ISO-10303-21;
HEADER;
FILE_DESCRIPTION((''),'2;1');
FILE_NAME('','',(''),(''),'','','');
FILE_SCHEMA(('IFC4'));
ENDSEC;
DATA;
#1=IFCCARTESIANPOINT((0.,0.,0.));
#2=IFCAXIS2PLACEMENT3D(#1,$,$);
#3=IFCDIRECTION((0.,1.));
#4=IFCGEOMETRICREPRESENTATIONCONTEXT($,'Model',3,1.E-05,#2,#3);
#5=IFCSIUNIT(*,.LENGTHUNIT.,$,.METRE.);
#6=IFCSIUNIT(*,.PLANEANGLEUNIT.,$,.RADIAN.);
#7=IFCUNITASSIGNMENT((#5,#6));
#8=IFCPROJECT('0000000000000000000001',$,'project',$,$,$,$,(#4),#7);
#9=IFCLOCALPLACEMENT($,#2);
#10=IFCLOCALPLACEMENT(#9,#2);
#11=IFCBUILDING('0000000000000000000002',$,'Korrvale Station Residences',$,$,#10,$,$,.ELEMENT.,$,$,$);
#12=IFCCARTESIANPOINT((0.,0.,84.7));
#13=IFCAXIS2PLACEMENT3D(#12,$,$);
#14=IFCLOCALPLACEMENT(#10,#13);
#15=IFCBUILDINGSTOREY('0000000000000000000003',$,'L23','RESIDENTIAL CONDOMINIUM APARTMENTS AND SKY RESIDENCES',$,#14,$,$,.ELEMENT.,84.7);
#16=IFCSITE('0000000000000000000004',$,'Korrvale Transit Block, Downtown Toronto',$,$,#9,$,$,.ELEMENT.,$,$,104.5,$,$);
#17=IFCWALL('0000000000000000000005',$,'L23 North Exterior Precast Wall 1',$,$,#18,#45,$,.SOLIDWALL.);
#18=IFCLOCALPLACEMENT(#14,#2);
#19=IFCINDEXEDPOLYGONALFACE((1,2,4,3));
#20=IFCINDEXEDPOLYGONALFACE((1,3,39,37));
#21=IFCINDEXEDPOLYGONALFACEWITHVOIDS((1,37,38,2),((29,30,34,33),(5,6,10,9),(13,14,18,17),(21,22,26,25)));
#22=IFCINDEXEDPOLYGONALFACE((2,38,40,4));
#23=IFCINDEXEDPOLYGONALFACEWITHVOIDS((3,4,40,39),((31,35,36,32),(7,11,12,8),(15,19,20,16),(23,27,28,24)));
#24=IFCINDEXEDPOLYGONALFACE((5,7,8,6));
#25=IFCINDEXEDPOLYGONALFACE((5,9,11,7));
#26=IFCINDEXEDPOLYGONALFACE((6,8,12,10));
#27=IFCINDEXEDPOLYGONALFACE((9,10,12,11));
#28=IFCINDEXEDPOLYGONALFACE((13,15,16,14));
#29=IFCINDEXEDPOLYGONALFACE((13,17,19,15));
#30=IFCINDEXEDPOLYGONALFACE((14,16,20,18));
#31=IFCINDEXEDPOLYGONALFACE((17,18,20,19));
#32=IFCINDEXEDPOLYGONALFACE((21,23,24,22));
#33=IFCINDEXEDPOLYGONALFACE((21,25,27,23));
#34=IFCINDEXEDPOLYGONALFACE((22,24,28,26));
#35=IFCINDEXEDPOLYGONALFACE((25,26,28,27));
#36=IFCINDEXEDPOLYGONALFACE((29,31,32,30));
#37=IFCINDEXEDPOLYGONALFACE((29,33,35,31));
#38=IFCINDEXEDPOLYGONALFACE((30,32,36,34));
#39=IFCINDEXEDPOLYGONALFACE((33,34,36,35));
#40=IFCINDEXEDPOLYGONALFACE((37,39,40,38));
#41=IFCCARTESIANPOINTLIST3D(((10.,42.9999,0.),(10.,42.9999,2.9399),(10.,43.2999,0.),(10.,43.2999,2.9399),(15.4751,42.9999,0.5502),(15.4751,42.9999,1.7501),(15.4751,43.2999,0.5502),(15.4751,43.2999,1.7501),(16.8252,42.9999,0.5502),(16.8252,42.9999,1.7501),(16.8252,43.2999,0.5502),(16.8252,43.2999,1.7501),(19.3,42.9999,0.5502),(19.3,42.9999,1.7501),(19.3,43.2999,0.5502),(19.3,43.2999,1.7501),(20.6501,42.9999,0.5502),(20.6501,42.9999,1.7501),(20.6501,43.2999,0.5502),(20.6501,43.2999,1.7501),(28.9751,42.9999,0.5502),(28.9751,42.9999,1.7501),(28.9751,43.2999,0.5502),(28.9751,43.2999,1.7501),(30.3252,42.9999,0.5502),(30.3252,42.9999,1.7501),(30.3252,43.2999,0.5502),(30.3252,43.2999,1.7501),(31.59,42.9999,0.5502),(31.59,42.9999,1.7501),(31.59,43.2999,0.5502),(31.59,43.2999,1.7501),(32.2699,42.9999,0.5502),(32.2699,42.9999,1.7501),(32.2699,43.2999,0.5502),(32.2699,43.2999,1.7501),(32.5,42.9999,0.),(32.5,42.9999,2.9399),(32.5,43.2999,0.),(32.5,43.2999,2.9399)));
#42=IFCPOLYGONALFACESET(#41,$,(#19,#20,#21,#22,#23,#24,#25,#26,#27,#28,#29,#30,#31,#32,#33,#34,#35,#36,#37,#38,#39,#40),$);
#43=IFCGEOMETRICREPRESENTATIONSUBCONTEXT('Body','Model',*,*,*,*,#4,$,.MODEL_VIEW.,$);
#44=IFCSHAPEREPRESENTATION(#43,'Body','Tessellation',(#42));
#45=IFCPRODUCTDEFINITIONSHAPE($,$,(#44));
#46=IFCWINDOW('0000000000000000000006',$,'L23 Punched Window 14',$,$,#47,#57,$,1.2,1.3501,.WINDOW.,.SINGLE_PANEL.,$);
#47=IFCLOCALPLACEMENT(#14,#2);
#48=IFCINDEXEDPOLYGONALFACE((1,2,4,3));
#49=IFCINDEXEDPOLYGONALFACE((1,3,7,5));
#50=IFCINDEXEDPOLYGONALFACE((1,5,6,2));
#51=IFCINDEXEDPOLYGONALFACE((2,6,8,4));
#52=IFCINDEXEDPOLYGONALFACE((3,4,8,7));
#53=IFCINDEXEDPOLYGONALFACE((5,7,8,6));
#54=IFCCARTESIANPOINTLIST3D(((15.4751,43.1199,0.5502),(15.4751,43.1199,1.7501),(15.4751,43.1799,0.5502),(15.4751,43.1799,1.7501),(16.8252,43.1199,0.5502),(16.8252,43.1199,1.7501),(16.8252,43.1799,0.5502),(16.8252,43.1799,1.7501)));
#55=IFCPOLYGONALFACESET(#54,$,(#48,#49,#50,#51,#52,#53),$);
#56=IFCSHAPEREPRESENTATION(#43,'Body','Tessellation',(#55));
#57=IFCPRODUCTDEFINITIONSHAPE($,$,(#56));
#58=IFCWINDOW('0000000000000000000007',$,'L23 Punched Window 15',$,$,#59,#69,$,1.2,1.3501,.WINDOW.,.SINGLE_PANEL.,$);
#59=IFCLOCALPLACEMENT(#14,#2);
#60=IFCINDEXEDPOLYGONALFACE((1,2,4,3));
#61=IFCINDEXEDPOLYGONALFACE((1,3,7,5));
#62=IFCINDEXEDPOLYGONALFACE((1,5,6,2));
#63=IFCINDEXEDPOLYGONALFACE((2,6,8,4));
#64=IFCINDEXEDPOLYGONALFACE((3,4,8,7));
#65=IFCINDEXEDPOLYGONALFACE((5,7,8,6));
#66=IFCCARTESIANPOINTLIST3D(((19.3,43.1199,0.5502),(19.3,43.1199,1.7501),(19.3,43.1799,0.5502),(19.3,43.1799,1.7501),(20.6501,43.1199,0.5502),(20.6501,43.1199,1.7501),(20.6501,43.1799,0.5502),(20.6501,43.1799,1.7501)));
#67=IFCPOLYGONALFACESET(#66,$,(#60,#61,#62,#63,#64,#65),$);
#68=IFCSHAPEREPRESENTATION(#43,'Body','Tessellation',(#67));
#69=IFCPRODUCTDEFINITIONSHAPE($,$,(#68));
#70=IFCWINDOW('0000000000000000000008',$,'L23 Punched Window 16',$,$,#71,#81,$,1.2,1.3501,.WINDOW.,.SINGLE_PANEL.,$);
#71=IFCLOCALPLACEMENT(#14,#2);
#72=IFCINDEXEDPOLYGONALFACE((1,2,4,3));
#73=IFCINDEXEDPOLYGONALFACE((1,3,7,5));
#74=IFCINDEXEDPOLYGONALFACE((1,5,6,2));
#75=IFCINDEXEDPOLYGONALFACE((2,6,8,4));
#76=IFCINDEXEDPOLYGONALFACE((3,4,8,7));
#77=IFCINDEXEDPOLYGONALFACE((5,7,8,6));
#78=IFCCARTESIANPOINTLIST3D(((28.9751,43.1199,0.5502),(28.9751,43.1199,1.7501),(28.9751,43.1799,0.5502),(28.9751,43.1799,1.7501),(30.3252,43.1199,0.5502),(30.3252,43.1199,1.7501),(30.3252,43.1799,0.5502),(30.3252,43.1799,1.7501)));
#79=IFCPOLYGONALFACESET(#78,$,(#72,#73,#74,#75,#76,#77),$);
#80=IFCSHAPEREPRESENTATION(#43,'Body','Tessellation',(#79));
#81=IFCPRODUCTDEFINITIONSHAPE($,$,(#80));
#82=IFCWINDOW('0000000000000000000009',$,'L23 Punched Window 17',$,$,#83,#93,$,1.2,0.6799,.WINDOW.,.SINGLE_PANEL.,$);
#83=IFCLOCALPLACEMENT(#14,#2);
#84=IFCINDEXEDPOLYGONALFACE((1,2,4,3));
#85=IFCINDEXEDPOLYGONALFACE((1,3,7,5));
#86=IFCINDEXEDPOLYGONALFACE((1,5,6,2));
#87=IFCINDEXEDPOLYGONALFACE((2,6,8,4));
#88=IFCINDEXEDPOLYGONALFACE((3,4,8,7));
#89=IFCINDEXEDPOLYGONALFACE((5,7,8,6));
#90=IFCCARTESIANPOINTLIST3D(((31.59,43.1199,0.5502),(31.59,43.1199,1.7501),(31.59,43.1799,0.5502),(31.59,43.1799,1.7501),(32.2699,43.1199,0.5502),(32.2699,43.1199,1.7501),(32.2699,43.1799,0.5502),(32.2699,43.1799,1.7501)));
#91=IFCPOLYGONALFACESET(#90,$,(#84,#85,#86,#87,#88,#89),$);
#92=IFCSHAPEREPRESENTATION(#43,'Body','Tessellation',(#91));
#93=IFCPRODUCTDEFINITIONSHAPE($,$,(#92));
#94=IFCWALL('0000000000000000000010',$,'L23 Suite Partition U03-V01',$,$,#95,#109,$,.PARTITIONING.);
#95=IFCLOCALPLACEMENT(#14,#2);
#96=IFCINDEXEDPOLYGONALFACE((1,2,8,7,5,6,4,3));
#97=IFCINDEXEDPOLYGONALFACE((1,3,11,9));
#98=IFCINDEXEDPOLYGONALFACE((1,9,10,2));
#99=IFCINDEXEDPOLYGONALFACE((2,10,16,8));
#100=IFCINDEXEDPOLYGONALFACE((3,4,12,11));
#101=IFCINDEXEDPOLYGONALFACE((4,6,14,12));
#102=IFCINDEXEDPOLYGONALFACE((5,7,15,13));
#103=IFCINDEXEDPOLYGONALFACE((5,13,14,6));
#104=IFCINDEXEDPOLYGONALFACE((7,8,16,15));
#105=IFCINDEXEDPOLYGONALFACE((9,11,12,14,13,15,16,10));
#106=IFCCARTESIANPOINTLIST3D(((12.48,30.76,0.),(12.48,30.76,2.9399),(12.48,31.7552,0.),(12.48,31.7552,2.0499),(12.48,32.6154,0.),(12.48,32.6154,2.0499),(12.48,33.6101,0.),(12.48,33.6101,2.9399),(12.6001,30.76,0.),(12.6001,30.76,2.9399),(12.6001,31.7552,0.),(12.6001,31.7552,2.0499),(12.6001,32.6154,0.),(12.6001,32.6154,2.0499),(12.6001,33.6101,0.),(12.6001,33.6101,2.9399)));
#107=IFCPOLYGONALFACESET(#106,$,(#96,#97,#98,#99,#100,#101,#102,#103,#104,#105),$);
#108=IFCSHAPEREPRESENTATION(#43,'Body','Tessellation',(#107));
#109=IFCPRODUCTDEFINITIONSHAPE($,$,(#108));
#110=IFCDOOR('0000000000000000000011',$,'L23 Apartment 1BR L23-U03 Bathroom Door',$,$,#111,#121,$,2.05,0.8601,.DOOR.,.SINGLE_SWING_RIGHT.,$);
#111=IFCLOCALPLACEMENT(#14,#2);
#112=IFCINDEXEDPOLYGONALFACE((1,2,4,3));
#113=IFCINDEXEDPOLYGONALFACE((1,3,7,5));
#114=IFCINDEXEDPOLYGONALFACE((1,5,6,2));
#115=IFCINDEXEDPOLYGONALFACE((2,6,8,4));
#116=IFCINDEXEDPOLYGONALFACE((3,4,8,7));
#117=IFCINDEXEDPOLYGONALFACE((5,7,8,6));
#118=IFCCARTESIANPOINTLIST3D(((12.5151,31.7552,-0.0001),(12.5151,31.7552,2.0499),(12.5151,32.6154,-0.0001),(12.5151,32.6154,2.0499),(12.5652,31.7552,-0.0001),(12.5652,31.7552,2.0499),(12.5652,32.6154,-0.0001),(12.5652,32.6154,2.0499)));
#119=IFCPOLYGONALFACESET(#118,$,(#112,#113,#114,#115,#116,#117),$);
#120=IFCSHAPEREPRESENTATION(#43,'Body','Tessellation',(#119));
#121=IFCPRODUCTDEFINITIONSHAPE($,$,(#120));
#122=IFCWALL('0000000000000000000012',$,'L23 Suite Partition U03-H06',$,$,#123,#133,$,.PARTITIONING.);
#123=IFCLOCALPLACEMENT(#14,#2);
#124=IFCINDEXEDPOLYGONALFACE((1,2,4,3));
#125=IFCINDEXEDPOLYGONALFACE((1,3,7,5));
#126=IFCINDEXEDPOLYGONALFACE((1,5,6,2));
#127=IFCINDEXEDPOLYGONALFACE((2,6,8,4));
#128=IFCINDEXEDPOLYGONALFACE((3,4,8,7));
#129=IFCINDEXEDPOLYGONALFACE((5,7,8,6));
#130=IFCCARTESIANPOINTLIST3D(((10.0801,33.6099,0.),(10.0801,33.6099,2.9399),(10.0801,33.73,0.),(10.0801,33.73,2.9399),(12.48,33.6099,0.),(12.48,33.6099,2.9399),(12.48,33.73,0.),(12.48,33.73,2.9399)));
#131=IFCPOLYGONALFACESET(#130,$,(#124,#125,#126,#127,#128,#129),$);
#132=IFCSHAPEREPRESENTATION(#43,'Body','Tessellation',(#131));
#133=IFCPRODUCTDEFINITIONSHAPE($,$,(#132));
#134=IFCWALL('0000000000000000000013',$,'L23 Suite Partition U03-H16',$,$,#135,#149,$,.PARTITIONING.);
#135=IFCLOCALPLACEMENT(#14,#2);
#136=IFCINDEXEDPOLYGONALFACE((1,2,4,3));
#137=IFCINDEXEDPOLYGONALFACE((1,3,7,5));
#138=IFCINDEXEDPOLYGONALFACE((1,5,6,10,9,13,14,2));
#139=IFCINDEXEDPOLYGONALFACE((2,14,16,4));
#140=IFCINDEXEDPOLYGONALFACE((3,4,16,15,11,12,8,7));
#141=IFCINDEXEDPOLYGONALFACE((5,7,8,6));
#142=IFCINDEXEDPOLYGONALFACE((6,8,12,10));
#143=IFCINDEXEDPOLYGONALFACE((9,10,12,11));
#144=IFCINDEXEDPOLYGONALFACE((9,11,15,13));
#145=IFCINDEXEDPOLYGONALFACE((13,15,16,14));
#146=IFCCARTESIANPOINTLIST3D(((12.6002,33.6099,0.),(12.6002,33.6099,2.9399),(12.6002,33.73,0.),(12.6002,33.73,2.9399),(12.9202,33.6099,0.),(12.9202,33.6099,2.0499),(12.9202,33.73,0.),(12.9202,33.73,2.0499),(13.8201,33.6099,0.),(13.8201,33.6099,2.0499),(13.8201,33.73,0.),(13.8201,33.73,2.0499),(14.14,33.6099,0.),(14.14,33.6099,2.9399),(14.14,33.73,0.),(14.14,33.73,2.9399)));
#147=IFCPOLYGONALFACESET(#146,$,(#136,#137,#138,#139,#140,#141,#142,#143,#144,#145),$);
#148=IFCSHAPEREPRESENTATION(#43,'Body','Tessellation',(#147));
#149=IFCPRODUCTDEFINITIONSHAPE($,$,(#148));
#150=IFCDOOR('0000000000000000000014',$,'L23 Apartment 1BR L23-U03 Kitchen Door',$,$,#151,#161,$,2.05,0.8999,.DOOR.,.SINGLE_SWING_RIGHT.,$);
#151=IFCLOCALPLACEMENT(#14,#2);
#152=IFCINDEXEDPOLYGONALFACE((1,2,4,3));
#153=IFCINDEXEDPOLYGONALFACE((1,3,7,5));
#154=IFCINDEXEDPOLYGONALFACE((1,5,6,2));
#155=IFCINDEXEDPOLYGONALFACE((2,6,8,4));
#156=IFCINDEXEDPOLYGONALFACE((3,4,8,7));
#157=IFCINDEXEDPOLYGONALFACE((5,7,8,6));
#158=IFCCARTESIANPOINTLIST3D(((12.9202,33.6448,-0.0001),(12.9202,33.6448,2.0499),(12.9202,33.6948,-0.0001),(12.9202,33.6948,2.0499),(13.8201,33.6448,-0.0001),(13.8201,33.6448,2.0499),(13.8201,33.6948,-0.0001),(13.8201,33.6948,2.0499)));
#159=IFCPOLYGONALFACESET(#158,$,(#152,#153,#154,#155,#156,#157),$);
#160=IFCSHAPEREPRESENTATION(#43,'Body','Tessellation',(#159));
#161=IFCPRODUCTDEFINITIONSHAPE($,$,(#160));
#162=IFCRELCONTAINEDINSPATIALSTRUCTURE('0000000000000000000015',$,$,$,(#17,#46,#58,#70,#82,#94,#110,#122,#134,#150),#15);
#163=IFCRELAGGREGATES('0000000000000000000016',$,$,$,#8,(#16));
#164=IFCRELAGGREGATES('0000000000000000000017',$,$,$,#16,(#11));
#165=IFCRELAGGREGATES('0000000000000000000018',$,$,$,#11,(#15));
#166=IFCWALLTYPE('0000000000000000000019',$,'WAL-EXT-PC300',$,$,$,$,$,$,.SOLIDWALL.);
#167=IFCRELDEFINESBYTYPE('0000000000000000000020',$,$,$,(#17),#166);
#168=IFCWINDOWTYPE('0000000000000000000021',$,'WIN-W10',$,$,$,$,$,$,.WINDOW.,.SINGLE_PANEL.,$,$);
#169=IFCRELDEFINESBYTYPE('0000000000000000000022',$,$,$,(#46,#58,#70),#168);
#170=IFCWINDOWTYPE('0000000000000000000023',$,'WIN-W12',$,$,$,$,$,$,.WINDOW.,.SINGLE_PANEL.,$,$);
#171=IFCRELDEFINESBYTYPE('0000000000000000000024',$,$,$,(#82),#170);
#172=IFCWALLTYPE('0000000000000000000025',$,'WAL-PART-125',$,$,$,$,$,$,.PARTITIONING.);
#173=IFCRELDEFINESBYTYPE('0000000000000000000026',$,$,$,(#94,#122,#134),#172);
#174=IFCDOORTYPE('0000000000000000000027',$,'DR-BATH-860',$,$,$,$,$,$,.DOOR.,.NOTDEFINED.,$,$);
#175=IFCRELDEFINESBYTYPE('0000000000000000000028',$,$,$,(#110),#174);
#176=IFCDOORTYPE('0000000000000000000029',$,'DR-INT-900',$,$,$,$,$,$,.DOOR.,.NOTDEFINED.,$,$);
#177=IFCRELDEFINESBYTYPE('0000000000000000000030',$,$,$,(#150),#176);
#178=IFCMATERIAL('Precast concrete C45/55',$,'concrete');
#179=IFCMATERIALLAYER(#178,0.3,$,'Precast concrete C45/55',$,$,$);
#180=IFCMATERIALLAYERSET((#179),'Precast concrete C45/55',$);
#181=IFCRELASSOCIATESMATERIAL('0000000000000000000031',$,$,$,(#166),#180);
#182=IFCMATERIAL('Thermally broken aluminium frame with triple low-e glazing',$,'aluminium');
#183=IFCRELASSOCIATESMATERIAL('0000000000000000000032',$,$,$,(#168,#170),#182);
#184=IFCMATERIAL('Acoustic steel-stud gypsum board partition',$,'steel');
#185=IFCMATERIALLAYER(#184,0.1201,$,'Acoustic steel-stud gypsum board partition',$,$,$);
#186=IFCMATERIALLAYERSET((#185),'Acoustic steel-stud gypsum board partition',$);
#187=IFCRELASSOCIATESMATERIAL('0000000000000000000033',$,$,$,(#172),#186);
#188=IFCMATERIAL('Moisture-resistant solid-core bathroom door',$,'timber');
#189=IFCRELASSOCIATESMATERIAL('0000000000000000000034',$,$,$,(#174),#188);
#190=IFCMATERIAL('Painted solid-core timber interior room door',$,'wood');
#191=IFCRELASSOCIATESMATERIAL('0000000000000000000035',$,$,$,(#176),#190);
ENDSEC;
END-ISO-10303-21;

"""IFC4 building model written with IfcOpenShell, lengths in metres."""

from ifc_helpers import new_model, si_unit, direction, frame, frame_2d, origin, place, context, subcontext, project, spatial, rectangle, extrude, material, layer, layer_set, type_object, element, fill, save


model = new_model("IFC4")

# Units and contexts
model_context = context("Model", 3, precision=1e-05, world=origin(), true_north=direction((0.0, 1.0)))
body_context = subcontext(model_context, "Body", "Model", "MODEL_VIEW")
ifc_project = project(units=[si_unit("LENGTHUNIT", "METRE"), si_unit("PLANEANGLEUNIT", "RADIAN")], contexts=[model_context])

# Site, building, storey
site_placement = place(None, origin())
site = spatial("IfcSite", under=ifc_project, at=site_placement, Name="Korrvale Transit Block, Downtown Toronto", CompositionType="ELEMENT", RefElevation=104.5)
building_placement = place(site_placement, origin())
building = spatial("IfcBuilding", under=site, at=building_placement, Name="Korrvale Station Residences", CompositionType="ELEMENT")
storey_placement = place(building_placement, frame((0.0, 0.0, 84.7)))
storey = spatial("IfcBuildingStorey", under=building, at=storey_placement, Name="L23", Description="RESIDENTIAL CONDOMINIUM APARTMENTS AND SKY RESIDENCES", CompositionType="ELEMENT", Elevation=84.7)

# Shared definitions
ifc_material_1 = material(Name="Precast concrete C45/55", Category="concrete")

# Wall, openings, windows
ifc_layer_1 = layer(ifc_material_1, 0.3, Name="Precast concrete C45/55")
ifc_layer_set_1 = layer_set([ifc_layer_1], Name="Precast concrete C45/55")
wall_type_1 = type_object("IfcWallType", Name="WAL-EXT-PC300", PredefinedType="SOLIDWALL", material=ifc_layer_set_1)
wall_1_placement = place(storey_placement, frame((10.0, 43.1499, 0.0), z_axis=(0.0, 0.0, 1.0), x_axis=(1.0, 0.0, 0.0)))
wall_1 = element("IfcWall", 1, at=wall_1_placement, inside=storey, type_object=wall_type_1, Name="L23 North Exterior Precast Wall 1", PredefinedType="SOLIDWALL", context=body_context, shape_type="SweptSolid", body=[
    extrude(rectangle(XDim=22.5, YDim=0.3, at=frame_2d((11.25, 0.0))), origin(), (0.0, 0.0, 1.0), 2.9399),
])
opening_1_placement = place(wall_1_placement, frame((5.4751, 0.0, 0.55)))
opening_1 = element("IfcOpeningElement", 2, at=opening_1_placement, cuts=wall_1, PredefinedType="OPENING", context=body_context, shape_type="SweptSolid", body=[
    extrude(rectangle(XDim=1.3501, YDim=1.2, at=frame_2d((0.675, 0.6001))), frame((0.0, 0.1602, 0.0), z_axis=(0.0, -1.0, 0.0), x_axis=(1.0, 0.0, 0.0)), (0.0, 0.0, 1.0), 0.3201),
])
opening_2_placement = place(wall_1_placement, frame((9.3, 0.0, 0.55)))
opening_2 = element("IfcOpeningElement", 3, at=opening_2_placement, cuts=wall_1, PredefinedType="OPENING", context=body_context, shape_type="SweptSolid", body=[
    extrude(rectangle(XDim=1.3501, YDim=1.2, at=frame_2d((0.675, 0.6001))), frame((0.0, 0.1602, 0.0), z_axis=(0.0, -1.0, 0.0), x_axis=(1.0, 0.0, 0.0)), (0.0, 0.0, 1.0), 0.3201),
])
opening_3_placement = place(wall_1_placement, frame((18.9751, 0.0, 0.55)))
opening_3 = element("IfcOpeningElement", 4, at=opening_3_placement, cuts=wall_1, PredefinedType="OPENING", context=body_context, shape_type="SweptSolid", body=[
    extrude(rectangle(XDim=1.3501, YDim=1.2, at=frame_2d((0.675, 0.6001))), frame((0.0, 0.1602, 0.0), z_axis=(0.0, -1.0, 0.0), x_axis=(1.0, 0.0, 0.0)), (0.0, 0.0, 1.0), 0.3201),
])
opening_4_placement = place(wall_1_placement, frame((21.5901, 0.0, 0.55)))
opening_4 = element("IfcOpeningElement", 5, at=opening_4_placement, cuts=wall_1, PredefinedType="OPENING", context=body_context, shape_type="SweptSolid", body=[
    extrude(rectangle(XDim=0.6799, YDim=1.2, at=frame_2d((0.3398, 0.6001))), frame((0.0, 0.1602, 0.0), z_axis=(0.0, -1.0, 0.0), x_axis=(1.0, 0.0, 0.0)), (0.0, 0.0, 1.0), 0.3201),
])
ifc_material_2 = material(Name="Thermally broken aluminium frame with triple low-e glazing", Category="aluminium")
window_type_1 = type_object("IfcWindowType", Name="WIN-W10", PartitioningType="SINGLE_PANEL", PredefinedType="WINDOW", material=ifc_material_2)
window_1_placement = place(opening_1_placement, origin())
window_1 = element("IfcWindow", 6, at=window_1_placement, inside=storey, type_object=window_type_1, Name="L23 Punched Window 14", OverallHeight=1.2, OverallWidth=1.3501, PartitioningType="SINGLE_PANEL", PredefinedType="WINDOW", context=body_context, shape_type="SweptSolid", body=[
    extrude(rectangle(XDim=1.3501, YDim=1.2, at=frame_2d((0.675, 0.6001))), frame((0.0, 0.03, 0.0), z_axis=(0.0, -1.0, 0.0), x_axis=(1.0, 0.0, 0.0)), (0.0, 0.0, 1.0), 0.0601),
])
fill(opening_1, window_1)
window_2_placement = place(opening_2_placement, origin())
window_2 = element("IfcWindow", 7, at=window_2_placement, inside=storey, type_object=window_type_1, Name="L23 Punched Window 15", OverallHeight=1.2, OverallWidth=1.3501, PartitioningType="SINGLE_PANEL", PredefinedType="WINDOW", context=body_context, shape_type="SweptSolid", body=[
    extrude(rectangle(XDim=1.3501, YDim=1.2, at=frame_2d((0.675, 0.6001))), frame((0.0, 0.03, 0.0), z_axis=(0.0, -1.0, 0.0), x_axis=(1.0, 0.0, 0.0)), (0.0, 0.0, 1.0), 0.0601),
])
fill(opening_2, window_2)
window_3_placement = place(opening_3_placement, origin())
window_3 = element("IfcWindow", 8, at=window_3_placement, inside=storey, type_object=window_type_1, Name="L23 Punched Window 16", OverallHeight=1.2, OverallWidth=1.3501, PartitioningType="SINGLE_PANEL", PredefinedType="WINDOW", context=body_context, shape_type="SweptSolid", body=[
    extrude(rectangle(XDim=1.3501, YDim=1.2, at=frame_2d((0.675, 0.6001))), frame((0.0, 0.03, 0.0), z_axis=(0.0, -1.0, 0.0), x_axis=(1.0, 0.0, 0.0)), (0.0, 0.0, 1.0), 0.0601),
])
fill(opening_3, window_3)
window_type_2 = type_object("IfcWindowType", Name="WIN-W12", PartitioningType="SINGLE_PANEL", PredefinedType="WINDOW", material=ifc_material_2)
window_4_placement = place(opening_4_placement, origin())
window_4 = element("IfcWindow", 9, at=window_4_placement, inside=storey, type_object=window_type_2, Name="L23 Punched Window 17", OverallHeight=1.2, OverallWidth=0.6799, PartitioningType="SINGLE_PANEL", PredefinedType="WINDOW", context=body_context, shape_type="SweptSolid", body=[
    extrude(rectangle(XDim=0.6799, YDim=1.2, at=frame_2d((0.3398, 0.6001))), frame((0.0, 0.03, 0.0), z_axis=(0.0, -1.0, 0.0), x_axis=(1.0, 0.0, 0.0)), (0.0, 0.0, 1.0), 0.0601),
])
fill(opening_4, window_4)

# Wall, opening, door
ifc_material_3 = material(Name="Acoustic steel-stud gypsum board partition", Category="steel")
ifc_layer_2 = layer(ifc_material_3, 0.1201, Name="Acoustic steel-stud gypsum board partition")
ifc_layer_set_2 = layer_set([ifc_layer_2], Name="Acoustic steel-stud gypsum board partition")
wall_type_2 = type_object("IfcWallType", Name="WAL-PART-125", PredefinedType="PARTITIONING", material=ifc_layer_set_2)
wall_2_placement = place(storey_placement, frame((12.54, 30.76, 0.0), z_axis=(0.0, 0.0, 1.0), x_axis=(0.0, 1.0, 0.0)))
wall_2 = element("IfcWall", 10, at=wall_2_placement, inside=storey, type_object=wall_type_2, Name="L23 Suite Partition U03-V01", PredefinedType="PARTITIONING", context=body_context, shape_type="SweptSolid", body=[
    extrude(rectangle(XDim=2.8501, YDim=0.1201, at=frame_2d((1.425, 0.0))), origin(), (0.0, 0.0, 1.0), 2.9399),
])
opening_5_placement = place(wall_2_placement, frame((0.9951, 0.0, 0.0)))
opening_5 = element("IfcOpeningElement", 11, at=opening_5_placement, cuts=wall_2, PredefinedType="OPENING", context=body_context, shape_type="SweptSolid", body=[
    extrude(rectangle(XDim=0.8601, YDim=2.05, at=frame_2d((0.4302, 1.0249))), frame((0.0, 0.0701, 0.0), z_axis=(0.0, -1.0, 0.0), x_axis=(1.0, 0.0, 0.0)), (0.0, 0.0, 1.0), 0.1401),
])
ifc_material_4 = material(Name="Moisture-resistant solid-core bathroom door", Category="timber")
door_type_1 = type_object("IfcDoorType", Name="DR-BATH-860", OperationType="NOTDEFINED", PredefinedType="DOOR", material=ifc_material_4)
door_1_placement = place(opening_5_placement, origin())
door_1 = element("IfcDoor", 12, at=door_1_placement, inside=storey, type_object=door_type_1, Name="L23 Apartment 1BR L23-U03 Bathroom Door", OperationType="SINGLE_SWING_RIGHT", OverallHeight=2.05, OverallWidth=0.8601, PredefinedType="DOOR", context=body_context, shape_type="SweptSolid", body=[
    extrude(rectangle(XDim=0.8601, YDim=2.05, at=frame_2d((0.4302, 1.0249))), frame((0.0, 0.0249, 0.0), z_axis=(0.0, -1.0, 0.0), x_axis=(1.0, 0.0, 0.0)), (0.0, 0.0, 1.0), 0.05),
])
fill(opening_5, door_1)

# Wall
wall_3_placement = place(storey_placement, frame((10.0801, 33.6699, 0.0), z_axis=(0.0, 0.0, 1.0), x_axis=(1.0, 0.0, 0.0)))
element("IfcWall", 13, at=wall_3_placement, inside=storey, type_object=wall_type_2, Name="L23 Suite Partition U03-H06", PredefinedType="PARTITIONING", context=body_context, shape_type="SweptSolid", body=[
    extrude(rectangle(XDim=2.3999, YDim=0.1201, at=frame_2d((1.2, 0.0))), origin(), (0.0, 0.0, 1.0), 2.9399),
])

# Wall, opening, door
wall_4_placement = place(storey_placement, frame((12.6001, 33.6699, 0.0), z_axis=(0.0, 0.0, 1.0), x_axis=(1.0, 0.0, 0.0)))
wall_4 = element("IfcWall", 14, at=wall_4_placement, inside=storey, type_object=wall_type_2, Name="L23 Suite Partition U03-H16", PredefinedType="PARTITIONING", context=body_context, shape_type="SweptSolid", body=[
    extrude(rectangle(XDim=1.5398, YDim=0.1201, at=frame_2d((0.77, 0.0))), origin(), (0.0, 0.0, 1.0), 2.9399),
])
opening_6_placement = place(wall_4_placement, frame((0.3201, 0.0, 0.0)))
opening_6 = element("IfcOpeningElement", 15, at=opening_6_placement, cuts=wall_4, PredefinedType="OPENING", context=body_context, shape_type="SweptSolid", body=[
    extrude(rectangle(XDim=0.8999, YDim=2.05, at=frame_2d((0.45, 1.0249))), frame((0.0, 0.0701, 0.0), z_axis=(0.0, -1.0, 0.0), x_axis=(1.0, 0.0, 0.0)), (0.0, 0.0, 1.0), 0.1401),
])
ifc_material_5 = material(Name="Painted solid-core timber interior room door", Category="wood")
door_type_2 = type_object("IfcDoorType", Name="DR-INT-900", OperationType="NOTDEFINED", PredefinedType="DOOR", material=ifc_material_5)
door_2_placement = place(opening_6_placement, origin())
door_2 = element("IfcDoor", 16, at=door_2_placement, inside=storey, type_object=door_type_2, Name="L23 Apartment 1BR L23-U03 Kitchen Door", OperationType="SINGLE_SWING_RIGHT", OverallHeight=2.05, OverallWidth=0.8999, PredefinedType="DOOR", context=body_context, shape_type="SweptSolid", body=[
    extrude(rectangle(XDim=0.8999, YDim=2.05, at=frame_2d((0.45, 1.0249))), frame((0.0, 0.0249, 0.0), z_axis=(0.0, -1.0, 0.0), x_axis=(1.0, 0.0, 0.0)), (0.0, 0.0, 1.0), 0.05),
])
fill(opening_6, door_2)

save(model, "model.ifc")
